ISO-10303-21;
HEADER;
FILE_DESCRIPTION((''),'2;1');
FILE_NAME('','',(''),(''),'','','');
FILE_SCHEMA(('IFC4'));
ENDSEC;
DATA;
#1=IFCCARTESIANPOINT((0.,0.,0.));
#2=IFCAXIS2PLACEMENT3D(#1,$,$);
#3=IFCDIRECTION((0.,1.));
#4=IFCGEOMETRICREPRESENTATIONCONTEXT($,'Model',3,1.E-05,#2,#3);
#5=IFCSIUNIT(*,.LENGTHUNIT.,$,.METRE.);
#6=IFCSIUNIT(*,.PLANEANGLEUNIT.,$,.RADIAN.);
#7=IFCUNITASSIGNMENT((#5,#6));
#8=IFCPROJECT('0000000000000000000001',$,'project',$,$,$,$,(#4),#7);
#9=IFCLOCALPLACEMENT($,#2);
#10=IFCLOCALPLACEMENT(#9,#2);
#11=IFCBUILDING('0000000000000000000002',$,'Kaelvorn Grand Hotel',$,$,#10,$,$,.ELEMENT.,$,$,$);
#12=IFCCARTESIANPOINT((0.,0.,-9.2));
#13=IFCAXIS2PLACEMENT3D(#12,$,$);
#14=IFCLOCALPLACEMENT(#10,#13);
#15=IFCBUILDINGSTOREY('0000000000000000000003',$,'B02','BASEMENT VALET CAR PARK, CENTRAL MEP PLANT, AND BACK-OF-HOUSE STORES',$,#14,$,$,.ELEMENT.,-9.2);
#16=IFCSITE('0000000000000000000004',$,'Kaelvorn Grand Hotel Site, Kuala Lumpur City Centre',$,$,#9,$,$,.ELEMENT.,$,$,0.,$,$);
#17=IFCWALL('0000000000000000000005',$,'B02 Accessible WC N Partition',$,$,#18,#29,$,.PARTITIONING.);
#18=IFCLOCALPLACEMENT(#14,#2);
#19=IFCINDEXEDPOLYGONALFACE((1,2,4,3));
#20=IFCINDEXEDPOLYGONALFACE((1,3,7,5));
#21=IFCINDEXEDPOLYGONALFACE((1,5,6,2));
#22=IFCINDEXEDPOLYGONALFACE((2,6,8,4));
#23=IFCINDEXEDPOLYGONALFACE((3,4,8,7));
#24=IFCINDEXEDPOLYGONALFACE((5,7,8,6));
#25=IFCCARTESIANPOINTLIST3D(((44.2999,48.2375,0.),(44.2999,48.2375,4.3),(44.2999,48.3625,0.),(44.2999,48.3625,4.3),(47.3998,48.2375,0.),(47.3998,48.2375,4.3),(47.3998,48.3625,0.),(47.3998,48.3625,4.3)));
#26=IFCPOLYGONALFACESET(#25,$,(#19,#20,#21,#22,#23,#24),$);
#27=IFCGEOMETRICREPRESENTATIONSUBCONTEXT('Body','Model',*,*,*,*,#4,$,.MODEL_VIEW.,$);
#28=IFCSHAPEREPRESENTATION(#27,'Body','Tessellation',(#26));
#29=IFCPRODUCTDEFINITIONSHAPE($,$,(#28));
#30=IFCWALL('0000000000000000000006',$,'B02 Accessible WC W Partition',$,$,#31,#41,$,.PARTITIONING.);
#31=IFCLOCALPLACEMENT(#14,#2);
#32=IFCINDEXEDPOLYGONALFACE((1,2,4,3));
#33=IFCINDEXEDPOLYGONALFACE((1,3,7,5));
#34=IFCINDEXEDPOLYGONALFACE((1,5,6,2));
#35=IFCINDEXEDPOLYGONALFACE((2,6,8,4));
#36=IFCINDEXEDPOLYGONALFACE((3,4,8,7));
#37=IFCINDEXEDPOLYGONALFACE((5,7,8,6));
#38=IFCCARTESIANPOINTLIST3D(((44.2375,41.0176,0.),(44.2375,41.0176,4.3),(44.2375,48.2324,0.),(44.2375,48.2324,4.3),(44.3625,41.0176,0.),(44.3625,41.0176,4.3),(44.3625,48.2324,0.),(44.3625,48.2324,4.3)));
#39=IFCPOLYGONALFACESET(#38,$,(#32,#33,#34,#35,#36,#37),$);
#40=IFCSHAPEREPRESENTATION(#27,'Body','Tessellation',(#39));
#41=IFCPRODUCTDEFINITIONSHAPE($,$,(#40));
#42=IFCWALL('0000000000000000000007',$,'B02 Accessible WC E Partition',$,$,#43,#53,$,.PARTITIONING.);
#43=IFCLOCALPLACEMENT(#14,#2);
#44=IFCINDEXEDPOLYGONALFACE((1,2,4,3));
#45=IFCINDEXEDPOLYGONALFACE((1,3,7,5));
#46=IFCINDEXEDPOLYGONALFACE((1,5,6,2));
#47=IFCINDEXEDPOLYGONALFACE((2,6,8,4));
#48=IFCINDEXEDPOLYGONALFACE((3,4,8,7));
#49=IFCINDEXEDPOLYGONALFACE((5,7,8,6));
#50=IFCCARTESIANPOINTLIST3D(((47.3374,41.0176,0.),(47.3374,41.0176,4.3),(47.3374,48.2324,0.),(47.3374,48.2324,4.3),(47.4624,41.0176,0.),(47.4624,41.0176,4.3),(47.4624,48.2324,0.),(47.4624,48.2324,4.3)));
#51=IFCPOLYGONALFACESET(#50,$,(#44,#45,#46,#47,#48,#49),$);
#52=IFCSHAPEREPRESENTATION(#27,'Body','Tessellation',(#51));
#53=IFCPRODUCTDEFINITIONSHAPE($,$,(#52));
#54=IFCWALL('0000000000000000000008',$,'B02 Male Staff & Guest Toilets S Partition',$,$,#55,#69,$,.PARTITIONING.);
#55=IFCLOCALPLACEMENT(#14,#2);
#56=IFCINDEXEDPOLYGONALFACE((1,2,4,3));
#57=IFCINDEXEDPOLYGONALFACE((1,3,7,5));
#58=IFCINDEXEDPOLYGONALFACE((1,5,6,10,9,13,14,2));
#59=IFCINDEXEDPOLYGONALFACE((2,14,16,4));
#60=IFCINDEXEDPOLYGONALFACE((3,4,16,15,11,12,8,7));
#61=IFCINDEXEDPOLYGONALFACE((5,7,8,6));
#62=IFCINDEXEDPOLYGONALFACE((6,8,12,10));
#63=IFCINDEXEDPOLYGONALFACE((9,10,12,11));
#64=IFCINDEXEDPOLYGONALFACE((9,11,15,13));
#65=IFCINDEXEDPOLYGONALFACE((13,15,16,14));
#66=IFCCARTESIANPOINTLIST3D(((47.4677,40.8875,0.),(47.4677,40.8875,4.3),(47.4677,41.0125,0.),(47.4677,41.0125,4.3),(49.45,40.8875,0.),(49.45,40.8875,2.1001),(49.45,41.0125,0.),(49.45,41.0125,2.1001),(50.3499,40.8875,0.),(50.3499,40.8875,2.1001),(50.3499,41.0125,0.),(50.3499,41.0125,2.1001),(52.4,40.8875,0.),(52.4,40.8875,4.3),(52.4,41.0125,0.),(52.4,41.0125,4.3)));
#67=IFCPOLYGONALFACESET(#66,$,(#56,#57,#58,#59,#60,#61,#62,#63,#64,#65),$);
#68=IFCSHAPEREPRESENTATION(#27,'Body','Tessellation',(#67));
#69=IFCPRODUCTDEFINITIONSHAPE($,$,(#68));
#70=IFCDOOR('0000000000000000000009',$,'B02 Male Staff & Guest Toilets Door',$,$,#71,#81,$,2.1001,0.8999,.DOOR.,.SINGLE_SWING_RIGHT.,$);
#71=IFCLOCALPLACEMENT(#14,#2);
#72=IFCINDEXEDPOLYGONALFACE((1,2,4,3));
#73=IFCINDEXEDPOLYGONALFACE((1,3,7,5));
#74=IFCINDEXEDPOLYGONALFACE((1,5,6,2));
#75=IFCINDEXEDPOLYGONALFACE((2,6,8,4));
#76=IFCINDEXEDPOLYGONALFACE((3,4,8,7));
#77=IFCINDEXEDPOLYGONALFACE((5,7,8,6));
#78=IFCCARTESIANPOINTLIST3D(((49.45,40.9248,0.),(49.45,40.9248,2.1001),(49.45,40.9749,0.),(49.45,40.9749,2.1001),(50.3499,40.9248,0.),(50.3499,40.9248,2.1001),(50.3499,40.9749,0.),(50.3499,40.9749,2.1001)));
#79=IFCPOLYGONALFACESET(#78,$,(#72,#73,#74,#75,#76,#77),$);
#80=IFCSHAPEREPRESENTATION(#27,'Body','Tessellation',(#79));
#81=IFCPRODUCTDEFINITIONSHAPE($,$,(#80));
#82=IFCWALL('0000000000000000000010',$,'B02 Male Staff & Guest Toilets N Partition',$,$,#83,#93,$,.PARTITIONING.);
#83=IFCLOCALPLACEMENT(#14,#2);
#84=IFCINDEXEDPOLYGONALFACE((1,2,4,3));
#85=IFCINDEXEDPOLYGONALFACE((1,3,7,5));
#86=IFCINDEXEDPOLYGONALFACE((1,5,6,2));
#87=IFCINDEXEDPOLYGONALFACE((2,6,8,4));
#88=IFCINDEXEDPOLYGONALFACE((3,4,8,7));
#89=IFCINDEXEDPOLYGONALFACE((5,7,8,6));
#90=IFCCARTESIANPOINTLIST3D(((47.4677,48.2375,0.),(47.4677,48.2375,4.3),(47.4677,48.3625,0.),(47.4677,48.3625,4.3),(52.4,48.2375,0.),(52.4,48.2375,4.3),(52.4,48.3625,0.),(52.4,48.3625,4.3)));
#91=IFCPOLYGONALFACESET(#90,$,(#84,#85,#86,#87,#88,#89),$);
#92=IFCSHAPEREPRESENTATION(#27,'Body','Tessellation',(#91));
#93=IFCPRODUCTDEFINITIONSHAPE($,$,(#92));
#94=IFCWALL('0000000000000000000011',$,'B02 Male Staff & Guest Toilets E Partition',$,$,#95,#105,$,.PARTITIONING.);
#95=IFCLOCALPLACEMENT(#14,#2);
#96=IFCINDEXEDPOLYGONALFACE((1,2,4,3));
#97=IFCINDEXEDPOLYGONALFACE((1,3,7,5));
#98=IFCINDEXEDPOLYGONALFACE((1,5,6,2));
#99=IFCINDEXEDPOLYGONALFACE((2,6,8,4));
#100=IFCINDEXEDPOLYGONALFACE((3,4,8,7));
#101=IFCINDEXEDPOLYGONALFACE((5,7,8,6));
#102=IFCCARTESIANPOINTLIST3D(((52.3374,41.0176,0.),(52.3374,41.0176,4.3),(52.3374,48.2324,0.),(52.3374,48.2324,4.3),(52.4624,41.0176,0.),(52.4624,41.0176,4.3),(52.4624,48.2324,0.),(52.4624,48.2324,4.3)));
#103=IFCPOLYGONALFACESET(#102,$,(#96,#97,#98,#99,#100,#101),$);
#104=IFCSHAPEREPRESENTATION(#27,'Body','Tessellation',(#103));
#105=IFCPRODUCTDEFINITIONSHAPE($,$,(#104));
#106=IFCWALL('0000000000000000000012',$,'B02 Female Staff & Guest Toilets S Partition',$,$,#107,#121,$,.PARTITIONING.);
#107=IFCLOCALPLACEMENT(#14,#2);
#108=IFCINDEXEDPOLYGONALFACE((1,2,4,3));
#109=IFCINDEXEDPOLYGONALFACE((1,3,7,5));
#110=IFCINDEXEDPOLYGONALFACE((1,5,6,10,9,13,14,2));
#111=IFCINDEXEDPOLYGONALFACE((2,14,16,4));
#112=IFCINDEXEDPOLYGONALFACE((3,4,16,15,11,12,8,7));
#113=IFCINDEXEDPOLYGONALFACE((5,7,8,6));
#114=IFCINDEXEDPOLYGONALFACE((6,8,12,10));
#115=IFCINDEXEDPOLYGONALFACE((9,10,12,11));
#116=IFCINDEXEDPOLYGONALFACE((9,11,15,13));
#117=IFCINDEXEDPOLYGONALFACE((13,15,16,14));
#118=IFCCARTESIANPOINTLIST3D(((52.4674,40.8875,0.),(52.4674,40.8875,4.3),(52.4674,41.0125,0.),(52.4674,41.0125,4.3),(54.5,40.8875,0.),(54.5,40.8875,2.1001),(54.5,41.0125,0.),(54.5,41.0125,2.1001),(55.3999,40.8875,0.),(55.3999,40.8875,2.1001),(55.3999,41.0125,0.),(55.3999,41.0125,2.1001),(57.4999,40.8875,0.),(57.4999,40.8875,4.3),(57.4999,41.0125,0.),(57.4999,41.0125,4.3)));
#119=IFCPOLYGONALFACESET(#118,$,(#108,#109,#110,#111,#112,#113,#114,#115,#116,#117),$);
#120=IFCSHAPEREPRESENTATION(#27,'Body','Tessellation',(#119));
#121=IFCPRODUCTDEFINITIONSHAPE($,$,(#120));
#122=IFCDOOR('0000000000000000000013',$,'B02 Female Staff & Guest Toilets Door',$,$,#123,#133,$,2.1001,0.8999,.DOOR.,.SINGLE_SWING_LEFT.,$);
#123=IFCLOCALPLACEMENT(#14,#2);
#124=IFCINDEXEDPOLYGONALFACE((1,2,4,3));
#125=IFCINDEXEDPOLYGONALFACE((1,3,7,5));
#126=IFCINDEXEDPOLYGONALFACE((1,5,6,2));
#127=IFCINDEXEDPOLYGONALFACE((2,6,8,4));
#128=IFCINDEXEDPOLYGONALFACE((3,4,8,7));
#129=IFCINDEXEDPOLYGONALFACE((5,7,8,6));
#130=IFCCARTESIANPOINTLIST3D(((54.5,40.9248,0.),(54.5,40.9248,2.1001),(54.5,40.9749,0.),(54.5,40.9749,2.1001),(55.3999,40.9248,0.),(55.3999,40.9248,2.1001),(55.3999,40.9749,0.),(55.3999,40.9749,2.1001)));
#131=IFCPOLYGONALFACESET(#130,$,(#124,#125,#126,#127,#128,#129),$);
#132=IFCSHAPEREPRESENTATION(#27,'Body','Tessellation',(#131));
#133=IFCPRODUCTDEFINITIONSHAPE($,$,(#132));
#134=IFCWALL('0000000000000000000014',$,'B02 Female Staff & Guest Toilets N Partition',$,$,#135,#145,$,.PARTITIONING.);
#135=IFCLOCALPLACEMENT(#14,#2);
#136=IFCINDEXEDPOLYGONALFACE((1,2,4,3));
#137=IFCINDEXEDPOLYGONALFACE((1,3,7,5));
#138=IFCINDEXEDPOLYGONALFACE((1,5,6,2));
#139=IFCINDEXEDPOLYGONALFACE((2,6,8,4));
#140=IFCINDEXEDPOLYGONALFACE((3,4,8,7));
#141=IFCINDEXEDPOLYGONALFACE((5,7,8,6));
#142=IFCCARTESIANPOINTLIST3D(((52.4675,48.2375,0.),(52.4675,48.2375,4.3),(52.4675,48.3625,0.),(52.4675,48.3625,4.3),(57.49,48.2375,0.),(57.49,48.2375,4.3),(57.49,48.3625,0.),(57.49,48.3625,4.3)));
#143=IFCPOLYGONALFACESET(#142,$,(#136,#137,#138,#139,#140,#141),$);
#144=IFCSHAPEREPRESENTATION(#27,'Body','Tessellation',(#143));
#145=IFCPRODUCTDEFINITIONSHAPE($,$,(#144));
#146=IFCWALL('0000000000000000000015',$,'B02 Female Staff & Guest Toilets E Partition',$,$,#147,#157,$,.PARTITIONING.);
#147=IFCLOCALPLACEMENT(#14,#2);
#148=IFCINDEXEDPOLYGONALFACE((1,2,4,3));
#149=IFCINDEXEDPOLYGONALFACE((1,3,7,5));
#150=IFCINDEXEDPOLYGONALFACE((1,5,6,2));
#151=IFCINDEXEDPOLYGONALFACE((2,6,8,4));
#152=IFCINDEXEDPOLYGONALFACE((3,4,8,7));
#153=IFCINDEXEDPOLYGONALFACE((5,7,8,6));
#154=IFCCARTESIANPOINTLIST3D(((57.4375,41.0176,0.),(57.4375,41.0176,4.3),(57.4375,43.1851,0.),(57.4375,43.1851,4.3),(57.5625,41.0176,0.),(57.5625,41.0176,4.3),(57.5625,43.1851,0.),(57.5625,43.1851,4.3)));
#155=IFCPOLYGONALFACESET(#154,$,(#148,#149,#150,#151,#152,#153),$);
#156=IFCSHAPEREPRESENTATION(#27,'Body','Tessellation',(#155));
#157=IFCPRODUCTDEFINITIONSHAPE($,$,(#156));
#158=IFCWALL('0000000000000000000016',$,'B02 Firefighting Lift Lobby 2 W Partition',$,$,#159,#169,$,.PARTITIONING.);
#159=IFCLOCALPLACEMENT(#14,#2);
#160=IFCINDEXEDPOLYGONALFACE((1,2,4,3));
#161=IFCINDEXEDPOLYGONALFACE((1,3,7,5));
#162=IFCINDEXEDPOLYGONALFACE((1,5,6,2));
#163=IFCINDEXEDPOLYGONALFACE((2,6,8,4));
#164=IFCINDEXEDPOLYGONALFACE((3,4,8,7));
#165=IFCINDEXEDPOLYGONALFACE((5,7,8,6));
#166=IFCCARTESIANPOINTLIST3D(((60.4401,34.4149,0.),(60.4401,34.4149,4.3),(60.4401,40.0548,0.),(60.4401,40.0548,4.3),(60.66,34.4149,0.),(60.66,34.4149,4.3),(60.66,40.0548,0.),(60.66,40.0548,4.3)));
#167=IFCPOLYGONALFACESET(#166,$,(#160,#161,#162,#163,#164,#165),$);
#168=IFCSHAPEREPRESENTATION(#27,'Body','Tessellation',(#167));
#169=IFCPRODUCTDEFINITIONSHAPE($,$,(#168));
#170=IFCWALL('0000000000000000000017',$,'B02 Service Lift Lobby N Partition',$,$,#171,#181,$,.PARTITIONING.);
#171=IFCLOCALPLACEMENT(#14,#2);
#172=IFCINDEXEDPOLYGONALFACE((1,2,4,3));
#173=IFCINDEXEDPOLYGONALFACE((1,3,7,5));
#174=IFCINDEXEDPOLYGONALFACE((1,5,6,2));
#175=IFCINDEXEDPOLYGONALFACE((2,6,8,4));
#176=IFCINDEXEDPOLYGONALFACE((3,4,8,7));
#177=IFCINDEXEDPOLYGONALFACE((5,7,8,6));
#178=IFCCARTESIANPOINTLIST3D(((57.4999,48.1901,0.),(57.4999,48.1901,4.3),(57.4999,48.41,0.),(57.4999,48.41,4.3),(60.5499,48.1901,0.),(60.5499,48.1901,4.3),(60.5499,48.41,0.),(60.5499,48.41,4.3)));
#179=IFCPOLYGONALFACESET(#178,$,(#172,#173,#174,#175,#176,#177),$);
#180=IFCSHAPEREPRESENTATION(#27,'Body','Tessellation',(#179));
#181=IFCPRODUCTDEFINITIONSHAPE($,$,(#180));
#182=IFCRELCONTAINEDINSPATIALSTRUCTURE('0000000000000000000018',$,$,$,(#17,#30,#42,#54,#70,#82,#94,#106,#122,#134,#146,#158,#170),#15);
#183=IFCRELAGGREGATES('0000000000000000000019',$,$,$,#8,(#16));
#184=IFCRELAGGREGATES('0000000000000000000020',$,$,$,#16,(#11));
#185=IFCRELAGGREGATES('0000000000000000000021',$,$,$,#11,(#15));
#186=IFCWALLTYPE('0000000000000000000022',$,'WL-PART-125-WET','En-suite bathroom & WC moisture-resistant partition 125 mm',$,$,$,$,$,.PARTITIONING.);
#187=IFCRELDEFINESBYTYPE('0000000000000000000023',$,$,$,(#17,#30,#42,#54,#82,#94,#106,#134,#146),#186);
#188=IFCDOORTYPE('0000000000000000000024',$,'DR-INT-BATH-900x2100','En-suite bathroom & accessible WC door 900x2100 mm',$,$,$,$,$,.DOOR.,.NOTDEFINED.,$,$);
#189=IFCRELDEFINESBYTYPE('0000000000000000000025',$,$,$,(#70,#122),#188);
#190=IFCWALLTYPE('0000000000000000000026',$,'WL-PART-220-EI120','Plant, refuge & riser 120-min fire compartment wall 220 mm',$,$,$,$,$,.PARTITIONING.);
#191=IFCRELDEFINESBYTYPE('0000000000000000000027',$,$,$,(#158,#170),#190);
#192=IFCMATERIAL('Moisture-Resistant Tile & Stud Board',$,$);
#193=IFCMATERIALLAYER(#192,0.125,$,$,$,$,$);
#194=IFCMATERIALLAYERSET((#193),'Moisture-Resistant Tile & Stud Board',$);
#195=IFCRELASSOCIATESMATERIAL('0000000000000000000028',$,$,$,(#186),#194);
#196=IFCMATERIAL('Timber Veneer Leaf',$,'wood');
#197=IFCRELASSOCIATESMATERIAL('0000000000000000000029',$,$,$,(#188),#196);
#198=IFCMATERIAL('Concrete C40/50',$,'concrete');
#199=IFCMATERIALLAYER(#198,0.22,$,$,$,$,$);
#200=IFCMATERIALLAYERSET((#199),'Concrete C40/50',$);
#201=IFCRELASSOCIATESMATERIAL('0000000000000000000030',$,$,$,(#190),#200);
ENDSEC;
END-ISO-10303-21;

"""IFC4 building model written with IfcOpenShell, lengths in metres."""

from ifc_helpers import new_model, si_unit, direction, frame, frame_2d, origin, place, context, subcontext, project, spatial, rectangle, extrude, material, layer, layer_set, type_object, element, fill, save


model = new_model("IFC4")

# Units and contexts
model_context = context("Model", 3, precision=1e-05, world=origin(), true_north=direction((0.0, 1.0)))
body_context = subcontext(model_context, "Body", "Model", "MODEL_VIEW")
ifc_project = project(units=[si_unit("LENGTHUNIT", "METRE"), si_unit("PLANEANGLEUNIT", "RADIAN")], contexts=[model_context])

# Site, building, storey
site_placement = place(None, origin())
site = spatial("IfcSite", under=ifc_project, at=site_placement, Name="Kaelvorn Grand Hotel Site, Kuala Lumpur City Centre", CompositionType="ELEMENT", RefElevation=0.0)
building_placement = place(site_placement, origin())
building = spatial("IfcBuilding", under=site, at=building_placement, Name="Kaelvorn Grand Hotel", CompositionType="ELEMENT")
storey_placement = place(building_placement, frame((0.0, 0.0, -9.2)))
storey = spatial("IfcBuildingStorey", under=building, at=storey_placement, Name="B02", Description="BASEMENT VALET CAR PARK, CENTRAL MEP PLANT, AND BACK-OF-HOUSE STORES", CompositionType="ELEMENT", Elevation=-9.2)

# Walls
ifc_material_1 = material(Name="Moisture-Resistant Tile & Stud Board")
ifc_layer_1 = layer(ifc_material_1, 0.125)
ifc_layer_set_1 = layer_set([ifc_layer_1], Name="Moisture-Resistant Tile & Stud Board")
wall_type_1 = type_object("IfcWallType", Name="WL-PART-125-WET", Description="En-suite bathroom & WC moisture-resistant partition 125 mm", PredefinedType="PARTITIONING", material=ifc_layer_set_1)
wall_1_placement = place(storey_placement, frame((44.3, 48.3, 0.0), z_axis=(0.0, 0.0, 1.0), x_axis=(1.0, 0.0, 0.0)))
element("IfcWall", 1, at=wall_1_placement, inside=storey, type_object=wall_type_1, Name="B02 Accessible WC N Partition", PredefinedType="PARTITIONING", context=body_context, shape_type="SweptSolid", body=[
    extrude(rectangle(XDim=3.0999, YDim=0.125, at=frame_2d((1.5498, 0.0))), origin(), (0.0, 0.0, 1.0), 4.3),
])
for number, where, z_axis, x_axis, name in (
    (2, (44.3, 41.0176, 0.0), (0.0, 0.0, 1.0), (0.0, 1.0, 0.0), "B02 Accessible WC W Partition"),
    (3, (47.3999, 41.0176, 0.0), (0.0, 0.0, 1.0), (0.0, 1.0, 0.0), "B02 Accessible WC E Partition"),
):
    element("IfcWall", number, at=place(storey_placement, frame(where, z_axis=z_axis, x_axis=x_axis)), inside=storey, type_object=wall_type_1, Name=name, PredefinedType="PARTITIONING", context=body_context, shape_type="SweptSolid", body=[
        extrude(rectangle(XDim=7.2148, YDim=0.125, at=frame_2d((3.6074, 0.0))), origin(), (0.0, 0.0, 1.0), 4.3),
    ])

# Wall, opening, door
wall_2_placement = place(storey_placement, frame((47.4675, 40.95, 0.0), z_axis=(0.0, 0.0, 1.0), x_axis=(1.0, 0.0, 0.0)))
wall_2 = element("IfcWall", 4, at=wall_2_placement, inside=storey, type_object=wall_type_1, Name="B02 Male Staff & Guest Toilets S Partition", PredefinedType="PARTITIONING", context=body_context, shape_type="SweptSolid", body=[
    extrude(rectangle(XDim=4.9324, YDim=0.125, at=frame_2d((2.4663, 0.0))), origin(), (0.0, 0.0, 1.0), 4.3),
])
opening_1_placement = place(wall_2_placement, frame((1.9824, 0.0, 0.0)))
opening_1 = element("IfcOpeningElement", 5, at=opening_1_placement, cuts=wall_2, PredefinedType="OPENING", context=body_context, shape_type="SweptSolid", body=[
    extrude(rectangle(XDim=0.8999, YDim=2.1001, at=frame_2d((0.45, 1.05))), frame((0.0, 0.0725, 0.0), z_axis=(0.0, -1.0, 0.0), x_axis=(1.0, 0.0, 0.0)), (0.0, 0.0, 1.0), 0.145),
])
ifc_material_2 = material(Name="Timber Veneer Leaf", Category="wood")
door_type_1 = type_object("IfcDoorType", Name="DR-INT-BATH-900x2100", Description="En-suite bathroom & accessible WC door 900x2100 mm", OperationType="NOTDEFINED", PredefinedType="DOOR", material=ifc_material_2)
door_1_placement = place(opening_1_placement, origin())
door_1 = element("IfcDoor", 6, at=door_1_placement, inside=storey, type_object=door_type_1, Name="B02 Male Staff & Guest Toilets Door", OperationType="SINGLE_SWING_RIGHT", OverallHeight=2.1001, OverallWidth=0.8999, PredefinedType="DOOR", context=body_context, shape_type="SweptSolid", body=[
    extrude(rectangle(XDim=0.8999, YDim=2.1001, at=frame_2d((0.45, 1.05))), frame((0.0, 0.0249, 0.0), z_axis=(0.0, -1.0, 0.0), x_axis=(1.0, 0.0, 0.0)), (0.0, 0.0, 1.0), 0.05),
])
fill(opening_1, door_1)

# Walls
wall_3_placement = place(storey_placement, frame((47.4675, 48.3, 0.0), z_axis=(0.0, 0.0, 1.0), x_axis=(1.0, 0.0, 0.0)))
element("IfcWall", 7, at=wall_3_placement, inside=storey, type_object=wall_type_1, Name="B02 Male Staff & Guest Toilets N Partition", PredefinedType="PARTITIONING", context=body_context, shape_type="SweptSolid", body=[
    extrude(rectangle(XDim=4.9324, YDim=0.125, at=frame_2d((2.4663, 0.0))), origin(), (0.0, 0.0, 1.0), 4.3),
])
wall_4_placement = place(storey_placement, frame((52.3999, 41.0176, 0.0), z_axis=(0.0, 0.0, 1.0), x_axis=(0.0, 1.0, 0.0)))
element("IfcWall", 8, at=wall_4_placement, inside=storey, type_object=wall_type_1, Name="B02 Male Staff & Guest Toilets E Partition", PredefinedType="PARTITIONING", context=body_context, shape_type="SweptSolid", body=[
    extrude(rectangle(XDim=7.2148, YDim=0.125, at=frame_2d((3.6074, 0.0))), origin(), (0.0, 0.0, 1.0), 4.3),
])

# Wall, opening, door
wall_5_placement = place(storey_placement, frame((52.4675, 40.95, 0.0), z_axis=(0.0, 0.0, 1.0), x_axis=(1.0, 0.0, 0.0)))
wall_5 = element("IfcWall", 9, at=wall_5_placement, inside=storey, type_object=wall_type_1, Name="B02 Female Staff & Guest Toilets S Partition", PredefinedType="PARTITIONING", context=body_context, shape_type="SweptSolid", body=[
    extrude(rectangle(XDim=5.0325, YDim=0.125, at=frame_2d((2.5161, 0.0))), origin(), (0.0, 0.0, 1.0), 4.3),
])
opening_2_placement = place(wall_5_placement, frame((2.0325, 0.0, 0.0)))
opening_2 = element("IfcOpeningElement", 10, at=opening_2_placement, cuts=wall_5, PredefinedType="OPENING", context=body_context, shape_type="SweptSolid", body=[
    extrude(rectangle(XDim=0.8999, YDim=2.1001, at=frame_2d((0.45, 1.05))), frame((0.0, 0.0725, 0.0), z_axis=(0.0, -1.0, 0.0), x_axis=(1.0, 0.0, 0.0)), (0.0, 0.0, 1.0), 0.145),
])
door_2_placement = place(opening_2_placement, origin())
door_2 = element("IfcDoor", 11, at=door_2_placement, inside=storey, type_object=door_type_1, Name="B02 Female Staff & Guest Toilets Door", OperationType="SINGLE_SWING_LEFT", OverallHeight=2.1001, OverallWidth=0.8999, PredefinedType="DOOR", context=body_context, shape_type="SweptSolid", body=[
    extrude(rectangle(XDim=0.8999, YDim=2.1001, at=frame_2d((0.45, 1.05))), frame((0.0, 0.0249, 0.0), z_axis=(0.0, -1.0, 0.0), x_axis=(1.0, 0.0, 0.0)), (0.0, 0.0, 1.0), 0.05),
])
fill(opening_2, door_2)

# Walls
wall_6_placement = place(storey_placement, frame((52.4675, 48.3, 0.0), z_axis=(0.0, 0.0, 1.0), x_axis=(1.0, 0.0, 0.0)))
element("IfcWall", 12, at=wall_6_placement, inside=storey, type_object=wall_type_1, Name="B02 Female Staff & Guest Toilets N Partition", PredefinedType="PARTITIONING", context=body_context, shape_type="SweptSolid", body=[
    extrude(rectangle(XDim=5.0225, YDim=0.125, at=frame_2d((2.5112, 0.0))), origin(), (0.0, 0.0, 1.0), 4.3),
])
wall_7_placement = place(storey_placement, frame((57.5, 41.0176, 0.0), z_axis=(0.0, 0.0, 1.0), x_axis=(0.0, 1.0, 0.0)))
element("IfcWall", 13, at=wall_7_placement, inside=storey, type_object=wall_type_1, Name="B02 Female Staff & Guest Toilets E Partition", PredefinedType="PARTITIONING", context=body_context, shape_type="SweptSolid", body=[
    extrude(rectangle(XDim=2.1675, YDim=0.125, at=frame_2d((1.0837, 0.0))), origin(), (0.0, 0.0, 1.0), 4.3),
])

# Shared definitions
ifc_material_3 = material(Name="Concrete C40/50", Category="concrete")
ifc_layer_2 = layer(ifc_material_3, 0.22)
ifc_layer_set_2 = layer_set([ifc_layer_2], Name="Concrete C40/50")
wall_type_2 = type_object("IfcWallType", Name="WL-PART-220-EI120", Description="Plant, refuge & riser 120-min fire compartment wall 220 mm", PredefinedType="PARTITIONING", material=ifc_layer_set_2)

# Wall
wall_8_placement = place(storey_placement, frame((60.55, 34.415, 0.0), z_axis=(0.0, 0.0, 1.0), x_axis=(0.0, 1.0, 0.0)))
element("IfcWall", 14, at=wall_8_placement, inside=storey, type_object=wall_type_2, Name="B02 Firefighting Lift Lobby 2 W Partition", PredefinedType="PARTITIONING", context=body_context, shape_type="SweptSolid", body=[
    extrude(rectangle(XDim=5.6399, YDim=0.22, at=frame_2d((2.8198, 0.0))), origin(), (0.0, 0.0, 1.0), 4.3),
])

# Wall
wall_9_placement = place(storey_placement, frame((57.5, 48.3, 0.0), z_axis=(0.0, 0.0, 1.0), x_axis=(1.0, 0.0, 0.0)))
element("IfcWall", 15, at=wall_9_placement, inside=storey, type_object=wall_type_2, Name="B02 Service Lift Lobby N Partition", PredefinedType="PARTITIONING", context=body_context, shape_type="SweptSolid", body=[
    extrude(rectangle(XDim=3.05, YDim=0.22, at=frame_2d((1.5249, 0.0))), origin(), (0.0, 0.0, 1.0), 4.3),
])

save(model, "model.ifc")
